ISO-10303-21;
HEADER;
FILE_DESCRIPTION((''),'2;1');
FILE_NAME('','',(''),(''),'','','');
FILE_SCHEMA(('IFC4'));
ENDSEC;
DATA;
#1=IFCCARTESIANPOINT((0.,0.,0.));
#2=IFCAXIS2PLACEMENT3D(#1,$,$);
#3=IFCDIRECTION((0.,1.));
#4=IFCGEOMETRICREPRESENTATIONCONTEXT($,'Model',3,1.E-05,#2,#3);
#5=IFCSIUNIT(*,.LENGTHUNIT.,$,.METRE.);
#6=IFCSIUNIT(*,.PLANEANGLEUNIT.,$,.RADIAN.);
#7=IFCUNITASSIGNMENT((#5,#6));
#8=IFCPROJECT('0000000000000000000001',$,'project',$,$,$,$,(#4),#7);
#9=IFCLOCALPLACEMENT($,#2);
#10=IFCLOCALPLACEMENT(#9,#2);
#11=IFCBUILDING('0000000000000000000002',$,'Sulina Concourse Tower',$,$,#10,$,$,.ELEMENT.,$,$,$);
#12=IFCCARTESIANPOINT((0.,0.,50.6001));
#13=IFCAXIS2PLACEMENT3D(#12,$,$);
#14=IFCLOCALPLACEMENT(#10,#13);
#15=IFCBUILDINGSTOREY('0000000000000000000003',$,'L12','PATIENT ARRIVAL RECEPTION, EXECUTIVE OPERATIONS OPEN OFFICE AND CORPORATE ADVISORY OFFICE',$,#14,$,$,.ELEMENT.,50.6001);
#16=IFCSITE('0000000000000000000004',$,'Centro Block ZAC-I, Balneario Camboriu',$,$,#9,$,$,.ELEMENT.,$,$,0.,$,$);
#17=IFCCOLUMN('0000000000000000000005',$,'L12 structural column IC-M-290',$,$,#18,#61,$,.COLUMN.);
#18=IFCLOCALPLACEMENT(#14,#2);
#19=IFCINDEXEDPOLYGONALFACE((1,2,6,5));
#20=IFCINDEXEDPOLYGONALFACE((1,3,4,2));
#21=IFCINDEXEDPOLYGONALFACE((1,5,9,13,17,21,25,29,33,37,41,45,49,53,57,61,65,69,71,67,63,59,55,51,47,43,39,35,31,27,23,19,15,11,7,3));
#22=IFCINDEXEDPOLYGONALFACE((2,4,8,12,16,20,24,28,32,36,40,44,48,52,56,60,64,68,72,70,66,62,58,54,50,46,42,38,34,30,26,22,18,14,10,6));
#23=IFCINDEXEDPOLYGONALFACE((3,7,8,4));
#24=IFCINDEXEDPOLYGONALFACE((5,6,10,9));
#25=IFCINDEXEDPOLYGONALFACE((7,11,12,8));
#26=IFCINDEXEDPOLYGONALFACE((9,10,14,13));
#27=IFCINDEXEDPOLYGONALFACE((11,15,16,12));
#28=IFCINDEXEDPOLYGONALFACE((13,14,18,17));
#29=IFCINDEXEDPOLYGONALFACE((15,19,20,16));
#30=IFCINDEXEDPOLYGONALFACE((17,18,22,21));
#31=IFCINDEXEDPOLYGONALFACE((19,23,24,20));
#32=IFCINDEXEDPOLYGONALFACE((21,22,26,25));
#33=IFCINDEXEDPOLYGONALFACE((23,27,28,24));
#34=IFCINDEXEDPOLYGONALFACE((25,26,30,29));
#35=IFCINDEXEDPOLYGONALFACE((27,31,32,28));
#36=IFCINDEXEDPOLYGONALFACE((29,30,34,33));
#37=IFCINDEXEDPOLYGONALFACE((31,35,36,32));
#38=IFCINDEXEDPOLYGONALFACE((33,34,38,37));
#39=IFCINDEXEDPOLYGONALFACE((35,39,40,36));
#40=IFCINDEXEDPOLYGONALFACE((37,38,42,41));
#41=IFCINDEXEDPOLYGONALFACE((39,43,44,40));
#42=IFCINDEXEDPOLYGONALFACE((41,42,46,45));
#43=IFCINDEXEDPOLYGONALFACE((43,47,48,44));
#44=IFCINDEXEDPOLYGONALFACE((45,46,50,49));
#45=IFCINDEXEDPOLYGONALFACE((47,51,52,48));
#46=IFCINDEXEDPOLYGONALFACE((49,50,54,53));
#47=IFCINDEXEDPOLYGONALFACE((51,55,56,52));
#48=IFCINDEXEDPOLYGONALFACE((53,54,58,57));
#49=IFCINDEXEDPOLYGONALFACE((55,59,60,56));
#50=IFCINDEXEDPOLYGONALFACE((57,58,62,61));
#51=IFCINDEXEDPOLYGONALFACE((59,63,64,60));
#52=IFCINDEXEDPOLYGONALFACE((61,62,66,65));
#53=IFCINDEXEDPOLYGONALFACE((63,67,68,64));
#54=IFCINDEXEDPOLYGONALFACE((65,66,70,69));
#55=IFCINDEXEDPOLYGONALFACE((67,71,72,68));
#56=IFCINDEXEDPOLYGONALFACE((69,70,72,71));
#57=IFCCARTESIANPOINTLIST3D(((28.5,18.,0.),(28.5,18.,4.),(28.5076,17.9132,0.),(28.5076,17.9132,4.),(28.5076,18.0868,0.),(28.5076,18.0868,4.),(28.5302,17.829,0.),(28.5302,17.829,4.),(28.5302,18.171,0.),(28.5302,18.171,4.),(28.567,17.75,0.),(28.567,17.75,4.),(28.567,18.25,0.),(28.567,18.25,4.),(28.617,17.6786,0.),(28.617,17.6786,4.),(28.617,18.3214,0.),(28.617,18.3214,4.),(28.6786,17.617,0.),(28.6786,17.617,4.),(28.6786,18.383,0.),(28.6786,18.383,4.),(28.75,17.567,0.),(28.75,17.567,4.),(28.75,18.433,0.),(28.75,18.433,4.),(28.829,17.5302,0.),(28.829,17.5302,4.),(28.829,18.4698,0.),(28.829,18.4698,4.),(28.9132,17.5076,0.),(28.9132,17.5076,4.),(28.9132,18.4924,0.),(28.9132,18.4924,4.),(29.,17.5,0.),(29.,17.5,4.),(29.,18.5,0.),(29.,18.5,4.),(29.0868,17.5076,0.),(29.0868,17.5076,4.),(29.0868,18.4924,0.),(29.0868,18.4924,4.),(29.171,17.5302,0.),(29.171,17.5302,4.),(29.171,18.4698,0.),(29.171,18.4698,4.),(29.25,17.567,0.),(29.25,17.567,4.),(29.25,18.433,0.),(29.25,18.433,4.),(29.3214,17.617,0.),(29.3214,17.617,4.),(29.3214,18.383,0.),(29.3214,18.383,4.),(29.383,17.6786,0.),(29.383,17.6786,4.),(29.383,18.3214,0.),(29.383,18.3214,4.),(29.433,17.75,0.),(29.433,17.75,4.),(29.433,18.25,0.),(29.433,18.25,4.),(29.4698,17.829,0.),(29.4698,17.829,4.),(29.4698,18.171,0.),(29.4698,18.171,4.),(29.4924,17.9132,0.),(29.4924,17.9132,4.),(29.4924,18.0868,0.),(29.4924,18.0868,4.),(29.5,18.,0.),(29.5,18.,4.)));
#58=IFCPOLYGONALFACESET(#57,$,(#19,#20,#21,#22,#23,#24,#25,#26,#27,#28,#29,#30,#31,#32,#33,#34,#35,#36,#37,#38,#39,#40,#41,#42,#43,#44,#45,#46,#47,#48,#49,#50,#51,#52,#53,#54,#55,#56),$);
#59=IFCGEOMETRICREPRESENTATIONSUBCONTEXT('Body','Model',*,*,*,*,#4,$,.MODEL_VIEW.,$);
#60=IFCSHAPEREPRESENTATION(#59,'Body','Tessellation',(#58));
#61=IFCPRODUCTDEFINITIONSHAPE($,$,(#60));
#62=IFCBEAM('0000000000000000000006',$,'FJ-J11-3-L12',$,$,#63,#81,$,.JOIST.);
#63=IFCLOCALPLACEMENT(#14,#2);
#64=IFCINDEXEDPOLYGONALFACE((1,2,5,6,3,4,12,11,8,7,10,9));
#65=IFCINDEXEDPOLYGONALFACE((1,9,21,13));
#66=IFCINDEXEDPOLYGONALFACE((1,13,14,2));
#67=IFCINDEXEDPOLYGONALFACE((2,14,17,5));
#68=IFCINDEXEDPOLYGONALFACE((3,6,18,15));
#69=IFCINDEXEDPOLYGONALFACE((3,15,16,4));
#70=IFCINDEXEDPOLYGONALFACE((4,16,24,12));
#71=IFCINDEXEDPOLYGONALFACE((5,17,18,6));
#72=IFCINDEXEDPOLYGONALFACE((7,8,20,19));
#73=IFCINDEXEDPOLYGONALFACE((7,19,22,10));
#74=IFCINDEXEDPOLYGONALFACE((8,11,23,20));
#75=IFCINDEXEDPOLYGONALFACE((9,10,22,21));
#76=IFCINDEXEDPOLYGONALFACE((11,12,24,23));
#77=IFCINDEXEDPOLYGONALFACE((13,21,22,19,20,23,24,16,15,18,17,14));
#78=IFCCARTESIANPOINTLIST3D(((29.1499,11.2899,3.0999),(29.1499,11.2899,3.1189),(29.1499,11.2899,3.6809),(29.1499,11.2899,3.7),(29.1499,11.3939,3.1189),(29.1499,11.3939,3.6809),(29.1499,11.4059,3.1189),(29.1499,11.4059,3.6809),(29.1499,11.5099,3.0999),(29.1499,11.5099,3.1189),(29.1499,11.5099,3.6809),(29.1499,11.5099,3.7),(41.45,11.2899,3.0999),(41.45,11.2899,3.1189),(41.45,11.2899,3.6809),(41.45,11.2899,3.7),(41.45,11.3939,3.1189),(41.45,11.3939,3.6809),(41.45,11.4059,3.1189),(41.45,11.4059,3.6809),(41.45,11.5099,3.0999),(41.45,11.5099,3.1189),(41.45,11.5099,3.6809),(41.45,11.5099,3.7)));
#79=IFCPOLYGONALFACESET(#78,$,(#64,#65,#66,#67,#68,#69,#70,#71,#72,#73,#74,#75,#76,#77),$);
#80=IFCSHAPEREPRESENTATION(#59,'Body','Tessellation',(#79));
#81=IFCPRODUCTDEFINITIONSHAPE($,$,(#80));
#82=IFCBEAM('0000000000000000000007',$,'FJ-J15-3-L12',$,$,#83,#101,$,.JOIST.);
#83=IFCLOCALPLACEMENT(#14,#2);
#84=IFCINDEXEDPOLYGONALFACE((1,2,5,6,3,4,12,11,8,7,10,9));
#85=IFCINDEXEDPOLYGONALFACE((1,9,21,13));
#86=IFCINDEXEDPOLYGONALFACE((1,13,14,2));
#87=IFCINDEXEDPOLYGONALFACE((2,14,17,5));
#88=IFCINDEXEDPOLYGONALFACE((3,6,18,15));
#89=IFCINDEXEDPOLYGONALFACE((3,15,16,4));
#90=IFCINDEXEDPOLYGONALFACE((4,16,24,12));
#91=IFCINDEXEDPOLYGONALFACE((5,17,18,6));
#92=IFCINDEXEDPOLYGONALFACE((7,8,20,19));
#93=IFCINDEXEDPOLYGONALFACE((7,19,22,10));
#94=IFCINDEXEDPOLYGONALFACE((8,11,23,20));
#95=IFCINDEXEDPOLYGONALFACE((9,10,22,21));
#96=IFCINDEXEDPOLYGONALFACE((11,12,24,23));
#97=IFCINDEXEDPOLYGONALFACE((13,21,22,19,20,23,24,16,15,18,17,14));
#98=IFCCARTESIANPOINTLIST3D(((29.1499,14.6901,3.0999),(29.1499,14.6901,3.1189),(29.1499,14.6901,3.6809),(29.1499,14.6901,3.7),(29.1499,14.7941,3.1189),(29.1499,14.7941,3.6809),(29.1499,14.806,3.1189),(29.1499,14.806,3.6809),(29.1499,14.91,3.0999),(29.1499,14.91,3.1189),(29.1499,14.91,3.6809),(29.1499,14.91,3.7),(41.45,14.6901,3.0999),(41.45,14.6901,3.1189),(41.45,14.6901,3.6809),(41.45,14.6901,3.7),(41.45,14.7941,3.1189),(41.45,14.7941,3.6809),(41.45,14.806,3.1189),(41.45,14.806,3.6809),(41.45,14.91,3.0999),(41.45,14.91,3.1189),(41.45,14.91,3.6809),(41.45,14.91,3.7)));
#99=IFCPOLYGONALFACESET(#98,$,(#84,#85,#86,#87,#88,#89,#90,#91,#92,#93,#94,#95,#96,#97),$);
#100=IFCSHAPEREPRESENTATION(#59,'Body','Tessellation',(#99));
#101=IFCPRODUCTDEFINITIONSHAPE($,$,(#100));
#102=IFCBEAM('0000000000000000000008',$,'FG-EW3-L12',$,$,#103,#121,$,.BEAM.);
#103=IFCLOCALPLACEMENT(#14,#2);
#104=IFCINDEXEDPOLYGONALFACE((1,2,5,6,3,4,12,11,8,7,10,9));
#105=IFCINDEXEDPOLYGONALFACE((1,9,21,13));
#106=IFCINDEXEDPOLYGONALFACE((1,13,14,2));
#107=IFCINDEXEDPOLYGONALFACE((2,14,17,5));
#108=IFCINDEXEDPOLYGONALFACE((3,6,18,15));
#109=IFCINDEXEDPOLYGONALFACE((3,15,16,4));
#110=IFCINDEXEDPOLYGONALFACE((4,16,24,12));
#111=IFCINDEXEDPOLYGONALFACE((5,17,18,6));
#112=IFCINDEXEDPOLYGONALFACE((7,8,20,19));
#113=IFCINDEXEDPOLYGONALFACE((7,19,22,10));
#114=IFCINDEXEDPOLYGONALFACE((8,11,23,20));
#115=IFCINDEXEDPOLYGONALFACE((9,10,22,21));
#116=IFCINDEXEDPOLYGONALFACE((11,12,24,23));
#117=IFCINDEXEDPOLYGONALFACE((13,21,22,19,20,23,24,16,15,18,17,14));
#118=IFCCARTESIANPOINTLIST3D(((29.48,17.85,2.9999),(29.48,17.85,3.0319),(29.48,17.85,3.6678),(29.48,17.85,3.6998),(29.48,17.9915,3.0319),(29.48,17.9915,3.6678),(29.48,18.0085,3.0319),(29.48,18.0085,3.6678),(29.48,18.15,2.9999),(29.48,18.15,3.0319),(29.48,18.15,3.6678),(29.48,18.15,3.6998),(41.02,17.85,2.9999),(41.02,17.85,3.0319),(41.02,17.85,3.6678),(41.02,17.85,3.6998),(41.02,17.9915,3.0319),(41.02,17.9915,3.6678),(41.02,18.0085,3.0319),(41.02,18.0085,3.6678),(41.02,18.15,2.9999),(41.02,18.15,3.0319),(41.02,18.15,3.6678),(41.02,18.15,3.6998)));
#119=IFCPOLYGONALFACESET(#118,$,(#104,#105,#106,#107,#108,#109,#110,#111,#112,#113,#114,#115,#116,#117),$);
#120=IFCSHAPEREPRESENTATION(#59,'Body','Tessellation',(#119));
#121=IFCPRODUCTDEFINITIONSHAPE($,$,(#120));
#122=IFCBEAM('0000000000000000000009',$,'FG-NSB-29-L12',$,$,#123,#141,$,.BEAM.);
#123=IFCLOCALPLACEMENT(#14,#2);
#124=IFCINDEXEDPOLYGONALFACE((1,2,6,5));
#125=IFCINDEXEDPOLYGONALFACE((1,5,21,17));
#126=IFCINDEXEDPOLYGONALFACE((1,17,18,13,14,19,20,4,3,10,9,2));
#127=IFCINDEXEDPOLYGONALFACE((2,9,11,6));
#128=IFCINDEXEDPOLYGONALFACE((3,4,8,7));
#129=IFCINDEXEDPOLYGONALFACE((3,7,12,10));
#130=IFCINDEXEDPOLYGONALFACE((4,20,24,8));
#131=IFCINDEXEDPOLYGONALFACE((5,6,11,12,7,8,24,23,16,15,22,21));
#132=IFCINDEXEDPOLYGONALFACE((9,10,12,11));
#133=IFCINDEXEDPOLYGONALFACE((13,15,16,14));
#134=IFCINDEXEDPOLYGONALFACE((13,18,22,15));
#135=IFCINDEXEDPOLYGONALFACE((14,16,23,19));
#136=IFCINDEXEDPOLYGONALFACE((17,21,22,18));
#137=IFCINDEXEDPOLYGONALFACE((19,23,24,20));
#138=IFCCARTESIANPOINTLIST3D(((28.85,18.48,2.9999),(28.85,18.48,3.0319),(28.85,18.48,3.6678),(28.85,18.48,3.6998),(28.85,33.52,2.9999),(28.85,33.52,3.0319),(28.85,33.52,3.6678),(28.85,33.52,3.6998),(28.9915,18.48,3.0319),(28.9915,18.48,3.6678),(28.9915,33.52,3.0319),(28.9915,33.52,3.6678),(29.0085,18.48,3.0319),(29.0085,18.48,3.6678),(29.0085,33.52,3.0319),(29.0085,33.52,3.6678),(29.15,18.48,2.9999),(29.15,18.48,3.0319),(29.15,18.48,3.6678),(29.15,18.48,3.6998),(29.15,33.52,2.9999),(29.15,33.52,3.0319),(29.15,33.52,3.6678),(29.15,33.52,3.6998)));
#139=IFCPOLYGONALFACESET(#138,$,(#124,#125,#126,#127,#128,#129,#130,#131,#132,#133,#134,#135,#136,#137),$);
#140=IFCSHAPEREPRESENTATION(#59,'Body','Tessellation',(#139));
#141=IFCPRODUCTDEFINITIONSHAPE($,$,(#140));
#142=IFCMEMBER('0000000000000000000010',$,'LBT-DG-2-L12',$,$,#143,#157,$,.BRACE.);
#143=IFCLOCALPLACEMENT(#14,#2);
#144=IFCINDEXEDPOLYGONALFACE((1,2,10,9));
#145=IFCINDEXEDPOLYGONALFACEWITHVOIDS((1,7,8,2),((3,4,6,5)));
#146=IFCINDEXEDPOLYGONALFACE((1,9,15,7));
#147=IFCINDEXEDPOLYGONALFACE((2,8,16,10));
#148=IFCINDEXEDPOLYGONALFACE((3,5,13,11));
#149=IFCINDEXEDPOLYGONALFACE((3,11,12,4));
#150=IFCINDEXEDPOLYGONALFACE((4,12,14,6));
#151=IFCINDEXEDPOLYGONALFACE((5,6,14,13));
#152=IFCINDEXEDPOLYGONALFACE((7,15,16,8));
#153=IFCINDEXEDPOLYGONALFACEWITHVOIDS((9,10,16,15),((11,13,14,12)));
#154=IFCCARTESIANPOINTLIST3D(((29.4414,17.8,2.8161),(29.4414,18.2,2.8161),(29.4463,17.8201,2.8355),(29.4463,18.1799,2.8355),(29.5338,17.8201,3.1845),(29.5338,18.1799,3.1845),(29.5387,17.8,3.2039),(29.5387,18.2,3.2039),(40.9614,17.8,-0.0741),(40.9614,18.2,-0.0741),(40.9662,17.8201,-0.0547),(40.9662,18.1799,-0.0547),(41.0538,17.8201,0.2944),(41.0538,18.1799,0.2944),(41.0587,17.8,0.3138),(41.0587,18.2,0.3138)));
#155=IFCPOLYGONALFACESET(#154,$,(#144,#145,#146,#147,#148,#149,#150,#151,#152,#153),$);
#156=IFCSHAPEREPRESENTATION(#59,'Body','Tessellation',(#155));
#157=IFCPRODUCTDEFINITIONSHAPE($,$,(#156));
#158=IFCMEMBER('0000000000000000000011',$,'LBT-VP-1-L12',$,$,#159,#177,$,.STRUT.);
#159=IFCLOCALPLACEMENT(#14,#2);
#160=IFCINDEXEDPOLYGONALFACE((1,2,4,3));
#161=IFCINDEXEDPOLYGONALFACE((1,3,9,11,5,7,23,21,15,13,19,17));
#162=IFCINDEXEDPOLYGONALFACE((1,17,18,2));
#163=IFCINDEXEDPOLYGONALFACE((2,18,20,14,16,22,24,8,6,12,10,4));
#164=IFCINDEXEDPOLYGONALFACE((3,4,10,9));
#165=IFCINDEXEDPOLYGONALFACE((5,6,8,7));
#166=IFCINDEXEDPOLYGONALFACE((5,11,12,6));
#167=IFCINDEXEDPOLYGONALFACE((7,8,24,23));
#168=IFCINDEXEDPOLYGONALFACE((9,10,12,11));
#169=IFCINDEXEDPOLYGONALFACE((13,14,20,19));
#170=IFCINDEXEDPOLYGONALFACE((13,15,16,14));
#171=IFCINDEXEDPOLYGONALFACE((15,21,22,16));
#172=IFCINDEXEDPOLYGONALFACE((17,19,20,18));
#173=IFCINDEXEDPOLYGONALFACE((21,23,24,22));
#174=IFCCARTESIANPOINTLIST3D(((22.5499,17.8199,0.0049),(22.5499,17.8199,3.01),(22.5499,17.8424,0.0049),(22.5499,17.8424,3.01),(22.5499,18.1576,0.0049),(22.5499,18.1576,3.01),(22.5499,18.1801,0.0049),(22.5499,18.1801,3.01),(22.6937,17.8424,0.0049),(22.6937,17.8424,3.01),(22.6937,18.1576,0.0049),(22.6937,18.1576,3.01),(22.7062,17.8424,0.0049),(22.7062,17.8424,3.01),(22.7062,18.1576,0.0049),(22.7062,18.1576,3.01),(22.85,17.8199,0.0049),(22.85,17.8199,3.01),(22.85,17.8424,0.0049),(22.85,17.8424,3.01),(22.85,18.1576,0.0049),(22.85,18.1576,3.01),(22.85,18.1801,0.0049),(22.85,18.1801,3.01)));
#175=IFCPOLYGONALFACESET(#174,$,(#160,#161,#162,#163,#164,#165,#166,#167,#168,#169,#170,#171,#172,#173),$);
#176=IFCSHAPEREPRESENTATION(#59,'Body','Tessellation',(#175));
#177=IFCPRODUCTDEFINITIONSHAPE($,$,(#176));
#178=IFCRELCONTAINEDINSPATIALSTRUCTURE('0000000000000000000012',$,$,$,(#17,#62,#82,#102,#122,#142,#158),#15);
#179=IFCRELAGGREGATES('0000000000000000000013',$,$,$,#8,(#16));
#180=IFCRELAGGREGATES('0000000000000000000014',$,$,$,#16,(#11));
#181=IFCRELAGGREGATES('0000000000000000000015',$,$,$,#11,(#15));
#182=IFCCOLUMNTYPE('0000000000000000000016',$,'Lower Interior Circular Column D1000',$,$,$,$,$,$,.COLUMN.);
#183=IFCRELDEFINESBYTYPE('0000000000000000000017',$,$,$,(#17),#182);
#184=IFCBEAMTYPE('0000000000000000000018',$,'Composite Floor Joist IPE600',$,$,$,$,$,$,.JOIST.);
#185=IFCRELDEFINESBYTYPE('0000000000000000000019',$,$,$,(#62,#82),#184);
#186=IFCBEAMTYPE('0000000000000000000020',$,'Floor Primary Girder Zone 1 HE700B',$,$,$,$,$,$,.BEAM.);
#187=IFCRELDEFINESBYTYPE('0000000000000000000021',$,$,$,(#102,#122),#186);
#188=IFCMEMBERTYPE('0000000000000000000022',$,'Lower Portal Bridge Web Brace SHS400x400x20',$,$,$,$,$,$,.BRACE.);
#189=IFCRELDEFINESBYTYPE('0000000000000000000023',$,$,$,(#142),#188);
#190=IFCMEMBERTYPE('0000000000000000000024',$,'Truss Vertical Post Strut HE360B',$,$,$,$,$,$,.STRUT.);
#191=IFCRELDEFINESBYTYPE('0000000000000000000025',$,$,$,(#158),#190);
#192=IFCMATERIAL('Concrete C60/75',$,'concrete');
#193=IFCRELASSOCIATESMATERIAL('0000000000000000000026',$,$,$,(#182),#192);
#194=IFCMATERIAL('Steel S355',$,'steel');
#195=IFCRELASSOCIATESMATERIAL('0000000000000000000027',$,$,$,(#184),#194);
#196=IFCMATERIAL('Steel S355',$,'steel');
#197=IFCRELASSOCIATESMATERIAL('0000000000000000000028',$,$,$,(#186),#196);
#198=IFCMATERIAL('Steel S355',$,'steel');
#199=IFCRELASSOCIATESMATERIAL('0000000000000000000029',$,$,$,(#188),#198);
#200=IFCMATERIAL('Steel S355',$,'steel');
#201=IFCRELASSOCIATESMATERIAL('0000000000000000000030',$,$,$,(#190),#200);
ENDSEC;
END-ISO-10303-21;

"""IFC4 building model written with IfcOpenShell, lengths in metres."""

from ifc_helpers import new_model, si_unit, direction, frame, origin, origin_2d, place, context, subcontext, project, spatial, hollow_rectangle, circle, i_section, extrude, material, material_profile, profile_set, type_object, element, save


model = new_model("IFC4")

# Units and contexts
model_context = context("Model", 3, precision=1e-05, world=origin(), true_north=direction((0.0, 1.0)))
body_context = subcontext(model_context, "Body", "Model", "MODEL_VIEW")
ifc_project = project(units=[si_unit("LENGTHUNIT", "METRE"), si_unit("PLANEANGLEUNIT", "RADIAN")], contexts=[model_context])

# Site, building, storey
site_placement = place(None, origin())
site = spatial("IfcSite", under=ifc_project, at=site_placement, Name="Centro Block ZAC-I, Balneario Camboriu", CompositionType="ELEMENT", RefElevation=0.0)
building_placement = place(site_placement, origin())
building = spatial("IfcBuilding", under=site, at=building_placement, Name="Sulina Concourse Tower", CompositionType="ELEMENT")
storey_placement = place(building_placement, frame((0.0, 0.0, 50.6001)))
storey = spatial("IfcBuildingStorey", under=building, at=storey_placement, Name="L12", Description="PATIENT ARRIVAL RECEPTION, EXECUTIVE OPERATIONS OPEN OFFICE AND CORPORATE ADVISORY OFFICE", CompositionType="ELEMENT", Elevation=50.6001)

# Column
ifc_material_1 = material(Name="Concrete C60/75", Category="concrete")
ifc_material_profile_1 = material_profile(ifc_material_1, circle(Radius=0.5, at=origin_2d()), Name="RC D1000")
ifc_profile_set_1 = profile_set([ifc_material_profile_1], Name="Concrete C60/75")
column_type = type_object("IfcColumnType", Name="Lower Interior Circular Column D1000", PredefinedType="COLUMN", material=ifc_profile_set_1)
column_placement = place(storey_placement, frame((29.0, 18.0, 0.0), z_axis=(0.0, 0.0, 1.0), x_axis=(1.0, 0.0, 0.0)))
element("IfcColumn", 1, at=column_placement, inside=storey, type_object=column_type, Name="L12 structural column IC-M-290", PredefinedType="COLUMN", context=body_context, shape_type="SweptSolid", body=[
    extrude(circle(Radius=0.5, at=origin_2d()), origin(), (0.0, 0.0, 1.0), 4.0),
])

# Beams
ifc_material_2 = material(Name="Steel S355", Category="steel")
ifc_material_profile_2 = material_profile(ifc_material_2, i_section(OverallWidth=0.22, OverallDepth=0.6001, WebThickness=0.012, FlangeThickness=0.019, at=origin_2d()), Name="IPE 600")
ifc_profile_set_2 = profile_set([ifc_material_profile_2], Name="Steel S355")
beam_type_1 = type_object("IfcBeamType", Name="Composite Floor Joist IPE600", PredefinedType="JOIST", material=ifc_profile_set_2)
for number, where, z_axis, x_axis, name in (
    (2, (29.1499, 11.3999, 3.3999), (1.0, 0.0, 0.0), (0.0, 1.0, 0.0), "FJ-J11-3-L12"),
    (3, (29.1499, 14.8, 3.3999), (1.0, 0.0, 0.0), (0.0, 1.0, 0.0), "FJ-J15-3-L12"),
):
    element("IfcBeam", number, at=place(storey_placement, frame(where, z_axis=z_axis, x_axis=x_axis)), inside=storey, type_object=beam_type_1, Name=name, PredefinedType="JOIST", context=body_context, shape_type="SweptSolid", body=[
        extrude(i_section(OverallWidth=0.22, OverallDepth=0.6001, WebThickness=0.012, FlangeThickness=0.019, at=origin_2d()), origin(), (0.0, 0.0, 1.0), 12.3),
    ])
ifc_material_3 = material(Name="Steel S355", Category="steel")
ifc_material_profile_3 = material_profile(ifc_material_3, i_section(OverallWidth=0.3, OverallDepth=0.7, WebThickness=0.0171, FlangeThickness=0.032, at=origin_2d()), Name="HE 700 B")
ifc_profile_set_3 = profile_set([ifc_material_profile_3], Name="Steel S355")
beam_type_2 = type_object("IfcBeamType", Name="Floor Primary Girder Zone 1 HE700B", PredefinedType="BEAM", material=ifc_profile_set_3)
beam_1_placement = place(storey_placement, frame((29.48, 18.0, 3.3499), z_axis=(1.0, 0.0, 0.0), x_axis=(0.0, 1.0, 0.0)))
element("IfcBeam", 4, at=beam_1_placement, inside=storey, type_object=beam_type_2, Name="FG-EW3-L12", PredefinedType="BEAM", context=body_context, shape_type="SweptSolid", body=[
    extrude(i_section(OverallWidth=0.3, OverallDepth=0.7, WebThickness=0.0171, FlangeThickness=0.032, at=origin_2d()), origin(), (0.0, 0.0, 1.0), 11.54),
])
beam_2_placement = place(storey_placement, frame((29.0, 18.48, 3.3499), z_axis=(0.0, 1.0, 0.0), x_axis=(-1.0, 0.0, 0.0)))
element("IfcBeam", 5, at=beam_2_placement, inside=storey, type_object=beam_type_2, Name="FG-NSB-29-L12", PredefinedType="BEAM", context=body_context, shape_type="SweptSolid", body=[
    extrude(i_section(OverallWidth=0.3, OverallDepth=0.7, WebThickness=0.0171, FlangeThickness=0.032, at=origin_2d()), origin(), (0.0, 0.0, 1.0), 15.04),
])

# Members
ifc_material_4 = material(Name="Steel S355", Category="steel")
ifc_material_profile_4 = material_profile(ifc_material_4, hollow_rectangle(XDim=0.3999, YDim=0.3999, WallThickness=0.02, at=origin_2d()), Name="SHS 400x400x20")
ifc_profile_set_4 = profile_set([ifc_material_profile_4], Name="Steel S355")
member_type_1 = type_object("IfcMemberType", Name="Lower Portal Bridge Web Brace SHS400x400x20", PredefinedType="BRACE", material=ifc_profile_set_4)
member_placement = place(storey_placement, frame((41.01, 18.0, 0.1199), z_axis=(-0.969941, 0.0, 0.243338), x_axis=(0.0, -1.0, 0.0)))
element("IfcMember", 6, at=member_placement, inside=storey, type_object=member_type_1, Name="LBT-DG-2-L12", PredefinedType="BRACE", context=body_context, shape_type="SweptSolid", body=[
    extrude(hollow_rectangle(XDim=0.3999, YDim=0.3999, WallThickness=0.02, at=origin_2d()), origin(), (0.0, 0.0, 1.0), 11.877),
])
ifc_material_5 = material(Name="Steel S355", Category="steel")
ifc_material_profile_5 = material_profile(ifc_material_5, i_section(OverallWidth=0.3, OverallDepth=0.3601, WebThickness=0.0125, FlangeThickness=0.0225, at=origin_2d()), Name="HE 360 B")
ifc_profile_set_5 = profile_set([ifc_material_profile_5], Name="Steel S355")
member_type_2 = type_object("IfcMemberType", Name="Truss Vertical Post Strut HE360B", PredefinedType="STRUT", material=ifc_profile_set_5)
for number, where, z_axis, x_axis, name in (
    (7, (22.7, 18.0, 0.0049), (0.0, 0.0, 1.0), (1.0, 0.0, 0.0), "LBT-VP-1-L12"),
):
    element("IfcMember", number, at=place(storey_placement, frame(where, z_axis=z_axis, x_axis=x_axis)), inside=storey, type_object=member_type_2, Name=name, PredefinedType="STRUT", context=body_context, shape_type="SweptSolid", body=[
        extrude(i_section(OverallWidth=0.3, OverallDepth=0.3601, WebThickness=0.0125, FlangeThickness=0.0225, at=origin_2d()), origin(), (0.0, 0.0, 1.0), 3.0051),
    ])

save(model, "model.ifc")
